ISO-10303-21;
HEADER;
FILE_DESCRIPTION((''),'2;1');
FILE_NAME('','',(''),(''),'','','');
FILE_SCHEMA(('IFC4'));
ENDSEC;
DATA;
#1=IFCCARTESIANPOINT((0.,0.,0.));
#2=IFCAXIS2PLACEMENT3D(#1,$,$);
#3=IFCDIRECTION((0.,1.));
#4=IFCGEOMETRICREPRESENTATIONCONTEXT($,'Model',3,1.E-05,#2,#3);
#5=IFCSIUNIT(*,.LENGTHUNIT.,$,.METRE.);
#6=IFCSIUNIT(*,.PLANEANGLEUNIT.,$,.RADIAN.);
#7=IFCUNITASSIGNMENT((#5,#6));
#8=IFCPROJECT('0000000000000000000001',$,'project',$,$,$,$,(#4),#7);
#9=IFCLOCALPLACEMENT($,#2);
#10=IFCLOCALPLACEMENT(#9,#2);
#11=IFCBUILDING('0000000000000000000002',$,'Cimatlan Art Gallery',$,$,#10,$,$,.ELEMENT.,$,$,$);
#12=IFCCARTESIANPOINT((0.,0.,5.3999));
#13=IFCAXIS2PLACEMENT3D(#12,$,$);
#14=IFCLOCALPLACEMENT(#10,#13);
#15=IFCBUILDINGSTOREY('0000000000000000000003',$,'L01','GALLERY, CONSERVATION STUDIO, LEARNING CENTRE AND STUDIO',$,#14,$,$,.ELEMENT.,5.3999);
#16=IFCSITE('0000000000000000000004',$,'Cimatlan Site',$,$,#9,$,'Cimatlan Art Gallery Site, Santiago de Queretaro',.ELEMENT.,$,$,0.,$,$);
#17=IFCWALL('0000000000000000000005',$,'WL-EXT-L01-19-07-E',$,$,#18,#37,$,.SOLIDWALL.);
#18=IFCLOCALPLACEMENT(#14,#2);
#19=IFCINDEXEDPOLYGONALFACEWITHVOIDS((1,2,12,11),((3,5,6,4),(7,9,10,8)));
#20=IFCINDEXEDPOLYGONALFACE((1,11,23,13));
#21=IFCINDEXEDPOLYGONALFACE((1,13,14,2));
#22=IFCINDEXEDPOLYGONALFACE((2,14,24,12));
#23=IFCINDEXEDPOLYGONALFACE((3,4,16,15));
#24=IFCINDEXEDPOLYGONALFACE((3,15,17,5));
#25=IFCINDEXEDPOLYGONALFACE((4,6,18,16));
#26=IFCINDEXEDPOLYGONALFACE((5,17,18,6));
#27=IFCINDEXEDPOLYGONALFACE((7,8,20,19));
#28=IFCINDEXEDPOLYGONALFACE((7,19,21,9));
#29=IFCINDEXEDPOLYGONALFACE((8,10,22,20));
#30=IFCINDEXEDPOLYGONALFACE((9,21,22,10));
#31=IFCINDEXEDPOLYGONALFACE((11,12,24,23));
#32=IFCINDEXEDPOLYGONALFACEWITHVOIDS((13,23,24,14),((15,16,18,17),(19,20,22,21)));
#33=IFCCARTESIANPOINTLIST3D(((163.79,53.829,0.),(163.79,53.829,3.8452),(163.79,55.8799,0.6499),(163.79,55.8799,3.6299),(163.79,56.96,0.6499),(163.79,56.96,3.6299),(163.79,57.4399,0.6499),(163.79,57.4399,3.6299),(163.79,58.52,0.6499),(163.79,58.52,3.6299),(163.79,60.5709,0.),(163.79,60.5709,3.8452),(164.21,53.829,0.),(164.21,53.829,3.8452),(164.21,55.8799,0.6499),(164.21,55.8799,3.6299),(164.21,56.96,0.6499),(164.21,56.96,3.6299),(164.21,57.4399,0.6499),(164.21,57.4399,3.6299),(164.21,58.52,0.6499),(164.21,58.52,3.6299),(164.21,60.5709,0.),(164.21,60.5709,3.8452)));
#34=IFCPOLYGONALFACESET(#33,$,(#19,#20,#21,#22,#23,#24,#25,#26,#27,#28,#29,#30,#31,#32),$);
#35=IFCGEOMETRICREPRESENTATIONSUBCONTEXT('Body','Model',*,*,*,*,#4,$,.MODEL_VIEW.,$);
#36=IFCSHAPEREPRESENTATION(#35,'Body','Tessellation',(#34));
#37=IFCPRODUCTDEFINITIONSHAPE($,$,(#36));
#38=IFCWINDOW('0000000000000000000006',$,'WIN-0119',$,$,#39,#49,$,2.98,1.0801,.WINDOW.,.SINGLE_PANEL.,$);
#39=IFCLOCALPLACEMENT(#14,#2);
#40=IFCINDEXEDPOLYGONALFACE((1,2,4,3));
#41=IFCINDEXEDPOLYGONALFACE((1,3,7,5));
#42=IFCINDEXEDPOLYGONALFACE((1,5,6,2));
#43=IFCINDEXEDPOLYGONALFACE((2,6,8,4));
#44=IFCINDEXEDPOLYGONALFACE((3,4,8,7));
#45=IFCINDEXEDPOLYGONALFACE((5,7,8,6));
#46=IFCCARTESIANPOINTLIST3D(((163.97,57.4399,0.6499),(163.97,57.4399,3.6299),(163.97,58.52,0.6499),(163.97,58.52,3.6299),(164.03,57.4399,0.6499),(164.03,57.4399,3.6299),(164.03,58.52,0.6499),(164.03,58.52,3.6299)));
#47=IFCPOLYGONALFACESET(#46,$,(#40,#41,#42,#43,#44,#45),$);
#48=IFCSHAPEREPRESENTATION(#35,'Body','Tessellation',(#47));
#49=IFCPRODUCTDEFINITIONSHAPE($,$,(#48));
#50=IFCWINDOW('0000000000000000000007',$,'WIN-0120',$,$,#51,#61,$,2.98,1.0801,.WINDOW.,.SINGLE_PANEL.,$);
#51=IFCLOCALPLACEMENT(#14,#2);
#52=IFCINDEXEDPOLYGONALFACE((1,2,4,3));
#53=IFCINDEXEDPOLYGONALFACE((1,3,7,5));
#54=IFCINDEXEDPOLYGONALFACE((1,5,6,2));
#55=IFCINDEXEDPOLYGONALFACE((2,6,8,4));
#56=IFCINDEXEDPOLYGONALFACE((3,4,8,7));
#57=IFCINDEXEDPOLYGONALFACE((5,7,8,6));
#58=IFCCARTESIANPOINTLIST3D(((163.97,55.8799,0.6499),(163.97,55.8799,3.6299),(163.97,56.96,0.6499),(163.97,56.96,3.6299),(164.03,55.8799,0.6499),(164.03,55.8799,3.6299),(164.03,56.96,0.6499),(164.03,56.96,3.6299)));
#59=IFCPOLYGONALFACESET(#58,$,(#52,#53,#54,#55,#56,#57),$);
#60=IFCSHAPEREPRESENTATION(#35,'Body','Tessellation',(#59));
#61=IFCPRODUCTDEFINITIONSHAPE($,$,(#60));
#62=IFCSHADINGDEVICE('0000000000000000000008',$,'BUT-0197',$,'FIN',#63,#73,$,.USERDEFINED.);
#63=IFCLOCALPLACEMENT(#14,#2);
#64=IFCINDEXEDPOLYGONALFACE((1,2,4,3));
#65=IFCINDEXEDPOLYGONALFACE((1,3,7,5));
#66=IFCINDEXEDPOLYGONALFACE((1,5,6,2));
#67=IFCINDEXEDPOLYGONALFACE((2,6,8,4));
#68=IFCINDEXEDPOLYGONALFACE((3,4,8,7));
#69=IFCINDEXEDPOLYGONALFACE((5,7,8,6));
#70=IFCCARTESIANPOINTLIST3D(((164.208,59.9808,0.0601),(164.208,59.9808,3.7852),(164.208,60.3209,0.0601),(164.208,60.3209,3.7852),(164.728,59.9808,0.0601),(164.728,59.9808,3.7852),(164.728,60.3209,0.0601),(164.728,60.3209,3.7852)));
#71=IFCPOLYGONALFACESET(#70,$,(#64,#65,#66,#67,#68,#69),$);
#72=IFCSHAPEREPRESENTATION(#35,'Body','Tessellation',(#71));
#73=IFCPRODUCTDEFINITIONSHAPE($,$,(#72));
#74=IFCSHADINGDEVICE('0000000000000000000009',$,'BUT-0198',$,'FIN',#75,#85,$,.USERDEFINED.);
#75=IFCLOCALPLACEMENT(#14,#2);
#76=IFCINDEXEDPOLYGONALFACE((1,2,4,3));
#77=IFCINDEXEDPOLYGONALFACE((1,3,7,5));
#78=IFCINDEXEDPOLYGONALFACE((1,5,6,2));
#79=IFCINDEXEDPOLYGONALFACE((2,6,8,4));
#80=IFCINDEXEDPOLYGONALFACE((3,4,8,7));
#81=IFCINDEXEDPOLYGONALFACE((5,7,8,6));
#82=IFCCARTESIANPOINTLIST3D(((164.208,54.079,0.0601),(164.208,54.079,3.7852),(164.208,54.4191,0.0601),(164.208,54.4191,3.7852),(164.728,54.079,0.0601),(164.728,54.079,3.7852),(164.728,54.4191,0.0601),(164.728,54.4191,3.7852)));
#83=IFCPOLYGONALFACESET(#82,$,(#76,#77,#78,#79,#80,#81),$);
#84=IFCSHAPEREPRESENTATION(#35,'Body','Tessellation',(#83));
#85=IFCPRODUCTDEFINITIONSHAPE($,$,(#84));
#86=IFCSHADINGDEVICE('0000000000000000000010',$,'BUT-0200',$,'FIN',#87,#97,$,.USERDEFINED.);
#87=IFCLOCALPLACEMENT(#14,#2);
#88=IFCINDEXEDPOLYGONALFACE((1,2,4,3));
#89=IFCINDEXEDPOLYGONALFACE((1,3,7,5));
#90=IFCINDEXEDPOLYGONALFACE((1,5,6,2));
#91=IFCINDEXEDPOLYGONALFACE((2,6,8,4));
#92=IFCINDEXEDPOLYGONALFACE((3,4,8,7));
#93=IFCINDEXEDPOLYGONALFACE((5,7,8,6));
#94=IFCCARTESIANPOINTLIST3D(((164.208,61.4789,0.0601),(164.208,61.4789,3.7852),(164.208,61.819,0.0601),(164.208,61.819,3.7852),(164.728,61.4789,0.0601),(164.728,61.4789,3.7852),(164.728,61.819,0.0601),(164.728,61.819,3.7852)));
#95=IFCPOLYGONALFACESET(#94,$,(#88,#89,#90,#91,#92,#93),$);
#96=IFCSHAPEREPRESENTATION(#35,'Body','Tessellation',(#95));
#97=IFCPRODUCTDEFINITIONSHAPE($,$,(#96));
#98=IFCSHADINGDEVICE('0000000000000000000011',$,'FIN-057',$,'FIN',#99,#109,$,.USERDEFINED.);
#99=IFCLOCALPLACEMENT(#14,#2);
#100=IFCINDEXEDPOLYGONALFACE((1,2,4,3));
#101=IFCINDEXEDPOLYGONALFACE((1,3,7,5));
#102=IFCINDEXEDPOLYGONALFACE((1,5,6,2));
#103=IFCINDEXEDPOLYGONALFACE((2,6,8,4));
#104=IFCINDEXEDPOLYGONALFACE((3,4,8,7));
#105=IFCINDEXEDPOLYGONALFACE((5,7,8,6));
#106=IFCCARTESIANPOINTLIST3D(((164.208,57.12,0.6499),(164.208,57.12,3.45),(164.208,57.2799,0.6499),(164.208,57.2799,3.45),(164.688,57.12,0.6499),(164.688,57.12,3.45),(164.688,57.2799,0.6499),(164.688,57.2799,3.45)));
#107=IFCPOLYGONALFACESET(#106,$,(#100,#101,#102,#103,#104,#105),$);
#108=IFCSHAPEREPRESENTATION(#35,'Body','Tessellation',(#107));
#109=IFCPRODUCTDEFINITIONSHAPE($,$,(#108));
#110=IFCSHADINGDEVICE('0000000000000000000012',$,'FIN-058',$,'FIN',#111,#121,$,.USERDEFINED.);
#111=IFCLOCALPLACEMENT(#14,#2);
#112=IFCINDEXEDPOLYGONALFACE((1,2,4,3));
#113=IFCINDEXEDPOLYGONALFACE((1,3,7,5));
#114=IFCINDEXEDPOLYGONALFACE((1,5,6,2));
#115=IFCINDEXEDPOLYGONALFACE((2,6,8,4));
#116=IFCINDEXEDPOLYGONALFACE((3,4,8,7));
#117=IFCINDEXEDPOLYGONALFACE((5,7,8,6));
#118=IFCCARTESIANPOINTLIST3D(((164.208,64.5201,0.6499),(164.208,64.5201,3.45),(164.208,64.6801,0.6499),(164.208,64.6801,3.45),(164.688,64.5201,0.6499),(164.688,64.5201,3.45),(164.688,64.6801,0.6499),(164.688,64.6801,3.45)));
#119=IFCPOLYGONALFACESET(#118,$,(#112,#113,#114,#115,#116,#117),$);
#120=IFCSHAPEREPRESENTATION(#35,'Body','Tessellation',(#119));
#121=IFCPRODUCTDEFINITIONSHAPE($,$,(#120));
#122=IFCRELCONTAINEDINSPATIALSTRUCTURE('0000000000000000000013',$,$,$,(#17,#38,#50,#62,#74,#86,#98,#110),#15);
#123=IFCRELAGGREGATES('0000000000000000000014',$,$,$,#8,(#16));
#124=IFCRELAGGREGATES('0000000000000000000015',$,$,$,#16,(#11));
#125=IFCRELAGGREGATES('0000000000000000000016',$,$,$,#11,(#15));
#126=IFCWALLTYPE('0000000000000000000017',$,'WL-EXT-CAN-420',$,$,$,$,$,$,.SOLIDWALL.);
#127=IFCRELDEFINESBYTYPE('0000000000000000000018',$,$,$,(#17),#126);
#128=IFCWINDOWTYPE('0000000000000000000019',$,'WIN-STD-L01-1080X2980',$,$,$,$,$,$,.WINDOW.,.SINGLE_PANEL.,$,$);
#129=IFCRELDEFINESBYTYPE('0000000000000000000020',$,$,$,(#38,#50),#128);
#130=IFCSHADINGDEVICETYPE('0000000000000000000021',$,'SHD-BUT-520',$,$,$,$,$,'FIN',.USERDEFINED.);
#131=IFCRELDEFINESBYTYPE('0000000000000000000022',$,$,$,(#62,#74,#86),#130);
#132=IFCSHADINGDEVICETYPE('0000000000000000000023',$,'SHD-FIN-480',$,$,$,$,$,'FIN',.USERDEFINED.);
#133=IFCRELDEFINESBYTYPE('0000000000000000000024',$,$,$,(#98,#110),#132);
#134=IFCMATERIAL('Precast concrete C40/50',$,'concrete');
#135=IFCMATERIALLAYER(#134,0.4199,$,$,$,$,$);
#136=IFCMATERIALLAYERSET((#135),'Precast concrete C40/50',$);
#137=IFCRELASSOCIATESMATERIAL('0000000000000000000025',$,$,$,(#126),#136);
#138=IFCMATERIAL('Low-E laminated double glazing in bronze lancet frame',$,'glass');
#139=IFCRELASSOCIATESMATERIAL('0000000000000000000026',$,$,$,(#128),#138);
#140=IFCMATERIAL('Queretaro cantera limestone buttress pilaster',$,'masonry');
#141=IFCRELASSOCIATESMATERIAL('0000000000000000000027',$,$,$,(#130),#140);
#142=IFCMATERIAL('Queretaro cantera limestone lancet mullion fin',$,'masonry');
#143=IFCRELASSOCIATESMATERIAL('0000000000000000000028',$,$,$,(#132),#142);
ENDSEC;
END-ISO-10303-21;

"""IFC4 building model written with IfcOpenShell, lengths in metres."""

from ifc_helpers import new_model, si_unit, direction, frame, frame_2d, origin, origin_2d, place, context, subcontext, project, spatial, rectangle, extrude, material, layer, layer_set, type_object, element, fill, save


model = new_model("IFC4")

# Units and contexts
model_context = context("Model", 3, precision=1e-05, world=origin(), true_north=direction((0.0, 1.0)))
body_context = subcontext(model_context, "Body", "Model", "MODEL_VIEW")
ifc_project = project(units=[si_unit("LENGTHUNIT", "METRE"), si_unit("PLANEANGLEUNIT", "RADIAN")], contexts=[model_context])

# Site, building, storey
site_placement = place(None, origin())
site = spatial("IfcSite", under=ifc_project, at=site_placement, Name="Cimatlan Site", LongName="Cimatlan Art Gallery Site, Santiago de Queretaro", CompositionType="ELEMENT", RefElevation=0.0)
building_placement = place(site_placement, origin())
building = spatial("IfcBuilding", under=site, at=building_placement, Name="Cimatlan Art Gallery", CompositionType="ELEMENT")
storey_placement = place(building_placement, frame((0.0, 0.0, 5.3999)))
storey = spatial("IfcBuildingStorey", under=building, at=storey_placement, Name="L01", Description="GALLERY, CONSERVATION STUDIO, LEARNING CENTRE AND STUDIO", CompositionType="ELEMENT", Elevation=5.3999)

# Wall, openings, windows
ifc_material_1 = material(Name="Precast concrete C40/50", Category="concrete")
ifc_layer = layer(ifc_material_1, 0.4199)
ifc_layer_set = layer_set([ifc_layer], Name="Precast concrete C40/50")
wall_type = type_object("IfcWallType", Name="WL-EXT-CAN-420", PredefinedType="SOLIDWALL", material=ifc_layer_set)
wall_placement = place(storey_placement, frame((164.0, 60.571, 0.0), z_axis=(0.0, 0.0, 1.0), x_axis=(0.0, -1.0, 0.0)))
wall = element("IfcWall", 1, at=wall_placement, inside=storey, type_object=wall_type, Name="WL-EXT-L01-19-07-E", PredefinedType="SOLIDWALL", context=body_context, shape_type="SweptSolid", body=[
    extrude(rectangle(XDim=6.7419, YDim=0.4199, at=frame_2d((3.3711, 0.0))), origin(), (0.0, 0.0, 1.0), 3.8452),
])
opening_1_placement = place(wall_placement, frame((2.051, 0.0, 0.6499)))
opening_1 = element("IfcOpeningElement", 2, at=opening_1_placement, cuts=wall, PredefinedType="OPENING", context=body_context, shape_type="SweptSolid", body=[
    extrude(rectangle(XDim=1.0801, YDim=2.98, at=frame_2d((0.54, 1.49))), frame((0.0, 0.22, 0.0), z_axis=(0.0, -1.0, 0.0), x_axis=(1.0, 0.0, 0.0)), (0.0, 0.0, 1.0), 0.4399),
])
opening_2_placement = place(wall_placement, frame((3.6111, 0.0, 0.6499)))
opening_2 = element("IfcOpeningElement", 3, at=opening_2_placement, cuts=wall, PredefinedType="OPENING", context=body_context, shape_type="SweptSolid", body=[
    extrude(rectangle(XDim=1.0801, YDim=2.98, at=frame_2d((0.54, 1.49))), frame((0.0, 0.22, 0.0), z_axis=(0.0, -1.0, 0.0), x_axis=(1.0, 0.0, 0.0)), (0.0, 0.0, 1.0), 0.4399),
])
ifc_material_2 = material(Name="Low-E laminated double glazing in bronze lancet frame", Category="glass")
window_type = type_object("IfcWindowType", Name="WIN-STD-L01-1080X2980", PartitioningType="SINGLE_PANEL", PredefinedType="WINDOW", material=ifc_material_2)
window_1_placement = place(opening_1_placement, origin())
window_1 = element("IfcWindow", 4, at=window_1_placement, inside=storey, type_object=window_type, Name="WIN-0119", OverallHeight=2.98, OverallWidth=1.0801, PartitioningType="SINGLE_PANEL", PredefinedType="WINDOW", context=body_context, shape_type="SweptSolid", body=[
    extrude(rectangle(XDim=1.0801, YDim=2.98, at=frame_2d((0.54, 1.49))), frame((0.0, 0.03, 0.0), z_axis=(0.0, -1.0, 0.0), x_axis=(1.0, 0.0, 0.0)), (0.0, 0.0, 1.0), 0.0601),
])
fill(opening_1, window_1)
window_2_placement = place(opening_2_placement, origin())
window_2 = element("IfcWindow", 5, at=window_2_placement, inside=storey, type_object=window_type, Name="WIN-0120", OverallHeight=2.98, OverallWidth=1.0801, PartitioningType="SINGLE_PANEL", PredefinedType="WINDOW", context=body_context, shape_type="SweptSolid", body=[
    extrude(rectangle(XDim=1.0801, YDim=2.98, at=frame_2d((0.54, 1.49))), frame((0.0, 0.03, 0.0), z_axis=(0.0, -1.0, 0.0), x_axis=(1.0, 0.0, 0.0)), (0.0, 0.0, 1.0), 0.0601),
])
fill(opening_2, window_2)

# Shading devices
ifc_material_3 = material(Name="Queretaro cantera limestone buttress pilaster", Category="masonry")
shading_device_type_1 = type_object("IfcShadingDeviceType", Name="SHD-BUT-520", ElementType="FIN", PredefinedType="USERDEFINED", material=ifc_material_3)
for number, where, z_axis, x_axis, name in (
    (6, (164.468, 60.1509, 0.0601), (0.0, 0.0, 1.0), (0.0, -1.0, 0.0), "BUT-0197"),
    (7, (164.468, 54.249, 0.0601), (0.0, 0.0, 1.0), (0.0, -1.0, 0.0), "BUT-0198"),
    (8, (164.468, 61.6489, 0.0601), (0.0, 0.0, 1.0), (0.0, -1.0, 0.0), "BUT-0200"),
):
    element("IfcShadingDevice", number, at=place(storey_placement, frame(where, z_axis=z_axis, x_axis=x_axis)), inside=storey, type_object=shading_device_type_1, Name=name, ObjectType="FIN", PredefinedType="USERDEFINED", context=body_context, shape_type="SweptSolid", body=[
        extrude(rectangle(XDim=0.3401, YDim=0.52, at=origin_2d()), origin(), (0.0, 0.0, 1.0), 3.7251),
    ])
ifc_material_4 = material(Name="Queretaro cantera limestone lancet mullion fin", Category="masonry")
shading_device_type_2 = type_object("IfcShadingDeviceType", Name="SHD-FIN-480", ElementType="FIN", PredefinedType="USERDEFINED", material=ifc_material_4)
for number, where, z_axis, x_axis, name in (
    (9, (164.448, 57.2, 0.6499), (0.0, 0.0, 1.0), (0.0, -1.0, 0.0), "FIN-057"),
    (10, (164.448, 64.6001, 0.6499), (0.0, 0.0, 1.0), (0.0, -1.0, 0.0), "FIN-058"),
):
    element("IfcShadingDevice", number, at=place(storey_placement, frame(where, z_axis=z_axis, x_axis=x_axis)), inside=storey, type_object=shading_device_type_2, Name=name, ObjectType="FIN", PredefinedType="USERDEFINED", context=body_context, shape_type="SweptSolid", body=[
        extrude(rectangle(XDim=0.1599, YDim=0.48, at=origin_2d()), origin(), (0.0, 0.0, 1.0), 2.8),
    ])

save(model, "model.ifc")
